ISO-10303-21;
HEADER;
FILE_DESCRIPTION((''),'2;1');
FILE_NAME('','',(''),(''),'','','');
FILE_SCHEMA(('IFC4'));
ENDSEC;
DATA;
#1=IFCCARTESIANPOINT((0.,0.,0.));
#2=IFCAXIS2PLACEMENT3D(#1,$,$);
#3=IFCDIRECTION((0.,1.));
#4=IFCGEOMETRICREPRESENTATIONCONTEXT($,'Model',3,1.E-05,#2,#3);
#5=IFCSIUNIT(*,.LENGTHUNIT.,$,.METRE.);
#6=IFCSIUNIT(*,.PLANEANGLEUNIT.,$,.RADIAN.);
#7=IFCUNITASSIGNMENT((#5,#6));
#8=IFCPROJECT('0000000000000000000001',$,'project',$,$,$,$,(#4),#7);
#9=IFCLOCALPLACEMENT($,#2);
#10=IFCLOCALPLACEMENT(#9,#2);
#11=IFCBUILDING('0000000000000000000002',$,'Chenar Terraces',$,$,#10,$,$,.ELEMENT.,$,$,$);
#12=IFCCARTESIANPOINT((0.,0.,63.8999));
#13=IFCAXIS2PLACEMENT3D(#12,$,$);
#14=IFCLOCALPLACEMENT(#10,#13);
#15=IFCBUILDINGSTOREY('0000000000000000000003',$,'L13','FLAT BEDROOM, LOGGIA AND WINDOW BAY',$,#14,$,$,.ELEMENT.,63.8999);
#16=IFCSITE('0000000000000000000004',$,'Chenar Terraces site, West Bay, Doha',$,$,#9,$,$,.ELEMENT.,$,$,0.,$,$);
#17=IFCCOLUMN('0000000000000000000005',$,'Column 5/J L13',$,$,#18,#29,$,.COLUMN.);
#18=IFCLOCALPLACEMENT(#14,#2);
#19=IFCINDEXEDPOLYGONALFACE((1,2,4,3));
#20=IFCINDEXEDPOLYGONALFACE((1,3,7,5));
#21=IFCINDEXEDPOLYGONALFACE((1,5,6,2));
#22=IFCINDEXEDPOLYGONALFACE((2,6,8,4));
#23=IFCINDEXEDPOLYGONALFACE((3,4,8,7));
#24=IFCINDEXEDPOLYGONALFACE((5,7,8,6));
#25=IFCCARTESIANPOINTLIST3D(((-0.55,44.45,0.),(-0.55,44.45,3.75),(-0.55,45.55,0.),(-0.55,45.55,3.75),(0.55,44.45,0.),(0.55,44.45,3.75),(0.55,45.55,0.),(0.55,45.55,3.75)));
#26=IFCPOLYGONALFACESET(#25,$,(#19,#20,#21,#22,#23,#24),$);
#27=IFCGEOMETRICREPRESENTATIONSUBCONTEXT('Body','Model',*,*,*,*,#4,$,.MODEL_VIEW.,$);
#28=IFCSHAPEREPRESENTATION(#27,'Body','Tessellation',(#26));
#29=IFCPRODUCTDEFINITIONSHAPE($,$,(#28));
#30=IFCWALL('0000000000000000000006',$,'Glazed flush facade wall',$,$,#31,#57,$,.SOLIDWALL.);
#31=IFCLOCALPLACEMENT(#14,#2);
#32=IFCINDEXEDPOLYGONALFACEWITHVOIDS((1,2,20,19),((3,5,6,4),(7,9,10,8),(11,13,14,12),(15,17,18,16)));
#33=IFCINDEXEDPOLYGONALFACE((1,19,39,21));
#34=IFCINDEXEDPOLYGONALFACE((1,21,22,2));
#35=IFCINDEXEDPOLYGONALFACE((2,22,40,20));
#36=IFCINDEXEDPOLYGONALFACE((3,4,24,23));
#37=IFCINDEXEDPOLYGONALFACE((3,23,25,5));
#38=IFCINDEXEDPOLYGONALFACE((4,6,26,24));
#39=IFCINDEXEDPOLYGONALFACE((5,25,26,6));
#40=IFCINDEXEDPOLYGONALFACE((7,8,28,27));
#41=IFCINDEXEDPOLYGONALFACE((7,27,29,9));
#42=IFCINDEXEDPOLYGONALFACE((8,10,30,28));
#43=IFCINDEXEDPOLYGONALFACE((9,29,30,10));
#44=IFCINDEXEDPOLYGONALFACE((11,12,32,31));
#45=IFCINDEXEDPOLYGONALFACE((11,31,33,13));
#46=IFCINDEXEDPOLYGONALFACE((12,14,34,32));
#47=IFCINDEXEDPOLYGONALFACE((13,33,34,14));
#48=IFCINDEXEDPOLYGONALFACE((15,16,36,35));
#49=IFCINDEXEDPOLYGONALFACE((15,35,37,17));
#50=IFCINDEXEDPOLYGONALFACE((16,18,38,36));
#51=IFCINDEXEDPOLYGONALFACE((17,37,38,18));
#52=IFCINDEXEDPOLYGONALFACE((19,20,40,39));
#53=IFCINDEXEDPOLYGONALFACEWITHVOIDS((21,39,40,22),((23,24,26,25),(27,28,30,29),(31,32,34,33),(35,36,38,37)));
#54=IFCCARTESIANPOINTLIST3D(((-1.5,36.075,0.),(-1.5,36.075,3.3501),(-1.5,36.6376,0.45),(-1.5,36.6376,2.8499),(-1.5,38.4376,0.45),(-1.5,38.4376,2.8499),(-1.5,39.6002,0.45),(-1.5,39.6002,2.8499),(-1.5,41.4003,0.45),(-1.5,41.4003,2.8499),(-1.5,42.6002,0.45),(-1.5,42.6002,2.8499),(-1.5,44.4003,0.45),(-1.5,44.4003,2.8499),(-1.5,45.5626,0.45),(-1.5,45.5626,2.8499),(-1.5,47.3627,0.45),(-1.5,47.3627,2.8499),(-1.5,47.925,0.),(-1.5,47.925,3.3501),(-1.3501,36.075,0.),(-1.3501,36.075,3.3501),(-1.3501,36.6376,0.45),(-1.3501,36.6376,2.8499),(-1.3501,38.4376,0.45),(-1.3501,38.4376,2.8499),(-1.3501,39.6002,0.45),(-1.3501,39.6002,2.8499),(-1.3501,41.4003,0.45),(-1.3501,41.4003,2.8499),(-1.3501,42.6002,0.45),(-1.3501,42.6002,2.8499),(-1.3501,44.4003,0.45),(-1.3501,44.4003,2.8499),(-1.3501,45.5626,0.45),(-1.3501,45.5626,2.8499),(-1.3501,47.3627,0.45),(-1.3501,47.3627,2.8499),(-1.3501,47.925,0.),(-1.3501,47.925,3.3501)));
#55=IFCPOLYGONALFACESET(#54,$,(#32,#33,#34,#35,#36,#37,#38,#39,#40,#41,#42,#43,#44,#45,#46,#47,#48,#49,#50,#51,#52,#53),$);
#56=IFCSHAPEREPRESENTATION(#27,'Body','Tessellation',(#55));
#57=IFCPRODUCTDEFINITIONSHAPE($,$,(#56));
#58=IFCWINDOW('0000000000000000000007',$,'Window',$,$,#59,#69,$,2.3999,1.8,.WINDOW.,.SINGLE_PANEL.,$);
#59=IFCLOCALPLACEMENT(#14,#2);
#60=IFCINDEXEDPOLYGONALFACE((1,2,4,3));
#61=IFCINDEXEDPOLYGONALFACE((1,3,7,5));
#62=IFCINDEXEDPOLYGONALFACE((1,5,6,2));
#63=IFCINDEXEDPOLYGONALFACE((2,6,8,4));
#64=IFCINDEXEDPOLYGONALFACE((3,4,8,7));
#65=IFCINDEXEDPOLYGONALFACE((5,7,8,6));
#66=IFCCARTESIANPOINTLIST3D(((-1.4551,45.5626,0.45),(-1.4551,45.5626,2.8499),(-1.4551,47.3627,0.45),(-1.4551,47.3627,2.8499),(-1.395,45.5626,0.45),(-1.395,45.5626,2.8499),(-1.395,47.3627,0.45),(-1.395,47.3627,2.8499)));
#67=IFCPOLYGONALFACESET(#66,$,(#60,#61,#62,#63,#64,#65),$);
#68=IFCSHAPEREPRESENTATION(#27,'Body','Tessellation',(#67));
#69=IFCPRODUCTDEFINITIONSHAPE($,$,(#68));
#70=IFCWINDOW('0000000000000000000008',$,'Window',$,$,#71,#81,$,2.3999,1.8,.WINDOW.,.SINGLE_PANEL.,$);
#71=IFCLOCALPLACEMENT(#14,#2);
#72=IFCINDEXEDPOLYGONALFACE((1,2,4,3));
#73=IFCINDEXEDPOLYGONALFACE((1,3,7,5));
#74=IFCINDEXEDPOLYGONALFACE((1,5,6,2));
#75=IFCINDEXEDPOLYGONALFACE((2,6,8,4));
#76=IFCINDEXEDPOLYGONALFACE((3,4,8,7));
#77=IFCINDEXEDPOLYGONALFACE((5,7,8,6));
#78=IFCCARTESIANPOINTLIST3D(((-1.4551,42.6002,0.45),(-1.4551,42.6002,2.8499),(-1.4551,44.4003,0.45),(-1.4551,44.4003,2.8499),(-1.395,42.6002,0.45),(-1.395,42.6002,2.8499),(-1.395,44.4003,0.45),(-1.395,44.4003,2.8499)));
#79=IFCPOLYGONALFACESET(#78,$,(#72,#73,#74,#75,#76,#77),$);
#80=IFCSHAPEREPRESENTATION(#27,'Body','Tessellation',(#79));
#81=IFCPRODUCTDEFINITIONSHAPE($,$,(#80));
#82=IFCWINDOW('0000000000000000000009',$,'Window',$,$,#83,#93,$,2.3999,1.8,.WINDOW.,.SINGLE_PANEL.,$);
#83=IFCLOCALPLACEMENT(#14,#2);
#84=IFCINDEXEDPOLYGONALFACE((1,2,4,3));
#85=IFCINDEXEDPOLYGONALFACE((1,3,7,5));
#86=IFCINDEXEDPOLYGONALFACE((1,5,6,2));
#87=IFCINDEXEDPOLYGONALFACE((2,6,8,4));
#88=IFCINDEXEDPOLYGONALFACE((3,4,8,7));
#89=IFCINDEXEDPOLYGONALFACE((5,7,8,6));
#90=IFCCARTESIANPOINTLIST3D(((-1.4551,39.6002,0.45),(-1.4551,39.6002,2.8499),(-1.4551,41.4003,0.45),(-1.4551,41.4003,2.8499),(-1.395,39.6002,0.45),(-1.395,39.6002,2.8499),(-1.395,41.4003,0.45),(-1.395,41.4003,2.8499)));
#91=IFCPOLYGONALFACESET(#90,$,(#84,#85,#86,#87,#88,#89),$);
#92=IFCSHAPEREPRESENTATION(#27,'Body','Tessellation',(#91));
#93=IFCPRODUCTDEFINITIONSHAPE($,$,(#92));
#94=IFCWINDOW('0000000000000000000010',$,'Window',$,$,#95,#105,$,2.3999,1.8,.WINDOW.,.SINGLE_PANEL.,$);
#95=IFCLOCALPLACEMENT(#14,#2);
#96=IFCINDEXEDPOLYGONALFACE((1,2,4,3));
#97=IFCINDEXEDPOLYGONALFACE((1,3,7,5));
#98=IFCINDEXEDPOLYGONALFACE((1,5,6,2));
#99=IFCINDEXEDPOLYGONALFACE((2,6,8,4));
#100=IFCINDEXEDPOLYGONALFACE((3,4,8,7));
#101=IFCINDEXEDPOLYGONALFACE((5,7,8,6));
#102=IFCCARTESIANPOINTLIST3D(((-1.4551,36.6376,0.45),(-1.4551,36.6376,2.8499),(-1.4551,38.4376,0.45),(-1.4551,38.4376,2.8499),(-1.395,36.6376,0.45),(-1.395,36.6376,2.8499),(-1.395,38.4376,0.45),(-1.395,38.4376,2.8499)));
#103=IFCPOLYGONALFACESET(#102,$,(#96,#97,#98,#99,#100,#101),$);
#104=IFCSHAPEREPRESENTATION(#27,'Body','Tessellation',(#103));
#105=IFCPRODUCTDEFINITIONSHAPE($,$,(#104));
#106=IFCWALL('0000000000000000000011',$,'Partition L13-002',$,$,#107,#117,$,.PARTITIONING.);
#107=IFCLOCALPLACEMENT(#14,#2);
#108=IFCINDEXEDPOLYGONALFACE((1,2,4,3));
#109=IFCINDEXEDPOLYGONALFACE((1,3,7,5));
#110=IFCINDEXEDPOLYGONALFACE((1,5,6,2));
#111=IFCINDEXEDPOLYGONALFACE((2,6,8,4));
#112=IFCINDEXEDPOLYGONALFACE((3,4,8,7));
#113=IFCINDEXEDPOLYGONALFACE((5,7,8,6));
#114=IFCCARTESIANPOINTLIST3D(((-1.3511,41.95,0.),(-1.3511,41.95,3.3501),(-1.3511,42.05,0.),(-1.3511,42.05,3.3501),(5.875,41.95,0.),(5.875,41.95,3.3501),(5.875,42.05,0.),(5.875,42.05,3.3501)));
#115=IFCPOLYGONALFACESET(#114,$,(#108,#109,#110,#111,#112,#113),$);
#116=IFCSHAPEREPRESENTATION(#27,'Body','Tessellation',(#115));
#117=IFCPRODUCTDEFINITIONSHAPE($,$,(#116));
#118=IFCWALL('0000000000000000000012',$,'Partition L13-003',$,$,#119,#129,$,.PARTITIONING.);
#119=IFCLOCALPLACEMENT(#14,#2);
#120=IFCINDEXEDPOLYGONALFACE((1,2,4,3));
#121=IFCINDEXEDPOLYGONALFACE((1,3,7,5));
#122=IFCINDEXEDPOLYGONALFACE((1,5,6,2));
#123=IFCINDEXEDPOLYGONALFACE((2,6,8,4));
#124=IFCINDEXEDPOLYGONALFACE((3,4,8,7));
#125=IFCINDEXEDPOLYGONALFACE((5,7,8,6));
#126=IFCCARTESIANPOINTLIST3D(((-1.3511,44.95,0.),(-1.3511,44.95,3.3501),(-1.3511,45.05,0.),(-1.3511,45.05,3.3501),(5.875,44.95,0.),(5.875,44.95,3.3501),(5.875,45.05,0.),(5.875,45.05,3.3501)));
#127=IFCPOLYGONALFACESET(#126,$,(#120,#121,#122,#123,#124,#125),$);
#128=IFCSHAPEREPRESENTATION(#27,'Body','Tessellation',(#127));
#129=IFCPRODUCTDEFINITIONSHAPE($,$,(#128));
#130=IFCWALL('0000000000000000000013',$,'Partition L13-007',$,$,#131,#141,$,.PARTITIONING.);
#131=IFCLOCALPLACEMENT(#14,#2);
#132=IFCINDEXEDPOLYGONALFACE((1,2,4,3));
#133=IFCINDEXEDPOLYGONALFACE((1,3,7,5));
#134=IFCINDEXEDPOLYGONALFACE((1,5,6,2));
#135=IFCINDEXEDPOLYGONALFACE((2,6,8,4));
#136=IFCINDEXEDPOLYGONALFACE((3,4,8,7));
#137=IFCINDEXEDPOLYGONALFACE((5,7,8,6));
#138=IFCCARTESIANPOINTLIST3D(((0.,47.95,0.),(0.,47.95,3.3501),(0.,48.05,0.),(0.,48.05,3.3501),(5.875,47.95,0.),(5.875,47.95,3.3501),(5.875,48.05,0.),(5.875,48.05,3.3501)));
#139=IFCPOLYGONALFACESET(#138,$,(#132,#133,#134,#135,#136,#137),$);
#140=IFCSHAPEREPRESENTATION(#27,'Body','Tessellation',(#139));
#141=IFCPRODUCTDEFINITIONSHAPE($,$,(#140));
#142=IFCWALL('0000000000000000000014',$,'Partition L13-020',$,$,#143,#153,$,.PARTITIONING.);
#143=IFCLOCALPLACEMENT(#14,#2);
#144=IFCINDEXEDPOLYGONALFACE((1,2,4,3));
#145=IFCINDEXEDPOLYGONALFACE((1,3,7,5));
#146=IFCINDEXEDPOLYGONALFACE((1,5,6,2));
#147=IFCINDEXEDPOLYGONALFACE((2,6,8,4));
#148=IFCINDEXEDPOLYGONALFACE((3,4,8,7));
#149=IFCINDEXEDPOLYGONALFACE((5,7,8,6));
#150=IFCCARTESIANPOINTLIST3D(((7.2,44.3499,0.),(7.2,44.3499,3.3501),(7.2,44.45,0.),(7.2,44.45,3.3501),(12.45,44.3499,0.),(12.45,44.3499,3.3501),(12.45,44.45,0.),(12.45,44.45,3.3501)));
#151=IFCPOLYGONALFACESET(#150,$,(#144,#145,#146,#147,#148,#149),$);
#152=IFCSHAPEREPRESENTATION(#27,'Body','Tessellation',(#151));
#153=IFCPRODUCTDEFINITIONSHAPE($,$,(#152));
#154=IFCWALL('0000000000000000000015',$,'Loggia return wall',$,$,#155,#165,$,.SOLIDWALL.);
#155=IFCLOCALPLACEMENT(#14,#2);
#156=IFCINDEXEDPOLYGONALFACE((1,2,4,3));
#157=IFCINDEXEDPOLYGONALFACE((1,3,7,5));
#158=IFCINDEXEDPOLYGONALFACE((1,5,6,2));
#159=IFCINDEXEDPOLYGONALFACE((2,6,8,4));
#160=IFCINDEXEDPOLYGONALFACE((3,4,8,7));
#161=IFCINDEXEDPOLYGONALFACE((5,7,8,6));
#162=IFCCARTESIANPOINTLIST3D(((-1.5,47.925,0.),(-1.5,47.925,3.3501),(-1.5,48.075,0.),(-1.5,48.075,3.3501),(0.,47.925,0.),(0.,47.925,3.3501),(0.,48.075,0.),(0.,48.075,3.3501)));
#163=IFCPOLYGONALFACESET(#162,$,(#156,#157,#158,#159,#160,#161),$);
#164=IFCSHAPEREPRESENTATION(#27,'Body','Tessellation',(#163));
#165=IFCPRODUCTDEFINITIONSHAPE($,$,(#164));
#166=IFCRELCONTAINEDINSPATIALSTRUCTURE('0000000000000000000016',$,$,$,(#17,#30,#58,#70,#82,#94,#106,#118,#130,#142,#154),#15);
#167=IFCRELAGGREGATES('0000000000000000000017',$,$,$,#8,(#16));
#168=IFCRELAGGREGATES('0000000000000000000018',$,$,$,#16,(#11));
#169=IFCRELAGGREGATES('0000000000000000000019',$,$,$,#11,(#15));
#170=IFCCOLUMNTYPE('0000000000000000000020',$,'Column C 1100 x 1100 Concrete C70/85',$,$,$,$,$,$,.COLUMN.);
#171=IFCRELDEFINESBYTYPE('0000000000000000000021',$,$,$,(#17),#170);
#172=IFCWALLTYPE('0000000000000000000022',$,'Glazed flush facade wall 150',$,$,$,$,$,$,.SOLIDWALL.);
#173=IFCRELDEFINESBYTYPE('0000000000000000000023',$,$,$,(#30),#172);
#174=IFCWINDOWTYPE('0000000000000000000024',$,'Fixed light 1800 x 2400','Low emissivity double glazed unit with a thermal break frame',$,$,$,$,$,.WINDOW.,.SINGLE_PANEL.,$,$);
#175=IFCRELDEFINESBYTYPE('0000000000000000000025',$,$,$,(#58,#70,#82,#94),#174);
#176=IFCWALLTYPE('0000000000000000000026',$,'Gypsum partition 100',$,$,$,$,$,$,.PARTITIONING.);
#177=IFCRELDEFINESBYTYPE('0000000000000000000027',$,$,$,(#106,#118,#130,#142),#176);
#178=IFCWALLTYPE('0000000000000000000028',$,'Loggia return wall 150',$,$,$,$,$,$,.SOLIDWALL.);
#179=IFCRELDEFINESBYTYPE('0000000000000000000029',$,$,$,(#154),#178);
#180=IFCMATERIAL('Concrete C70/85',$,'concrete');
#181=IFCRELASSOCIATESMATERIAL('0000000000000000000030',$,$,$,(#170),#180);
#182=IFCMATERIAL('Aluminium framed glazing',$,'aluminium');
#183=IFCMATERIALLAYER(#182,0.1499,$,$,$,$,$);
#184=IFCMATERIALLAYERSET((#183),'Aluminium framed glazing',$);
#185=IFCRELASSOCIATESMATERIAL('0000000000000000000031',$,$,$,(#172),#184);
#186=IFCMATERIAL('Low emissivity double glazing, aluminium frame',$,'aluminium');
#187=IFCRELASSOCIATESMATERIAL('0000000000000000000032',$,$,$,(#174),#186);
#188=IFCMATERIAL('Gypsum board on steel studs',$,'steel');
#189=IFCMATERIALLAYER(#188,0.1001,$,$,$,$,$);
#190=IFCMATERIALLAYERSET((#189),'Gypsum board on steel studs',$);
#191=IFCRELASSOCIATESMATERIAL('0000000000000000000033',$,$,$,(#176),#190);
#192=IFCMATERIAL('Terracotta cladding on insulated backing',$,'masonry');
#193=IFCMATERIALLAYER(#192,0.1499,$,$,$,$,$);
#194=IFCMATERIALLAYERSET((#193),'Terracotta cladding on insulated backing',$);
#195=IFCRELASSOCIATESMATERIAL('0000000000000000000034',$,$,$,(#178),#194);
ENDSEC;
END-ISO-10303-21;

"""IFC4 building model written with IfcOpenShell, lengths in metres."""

from ifc_helpers import new_model, si_unit, direction, frame, frame_2d, origin, origin_2d, place, context, subcontext, project, spatial, rectangle, extrude, material, layer, layer_set, material_profile, profile_set, type_object, element, fill, save


model = new_model("IFC4")

# Units and contexts
model_context = context("Model", 3, precision=1e-05, world=origin(), true_north=direction((0.0, 1.0)))
body_context = subcontext(model_context, "Body", "Model", "MODEL_VIEW")
ifc_project = project(units=[si_unit("LENGTHUNIT", "METRE"), si_unit("PLANEANGLEUNIT", "RADIAN")], contexts=[model_context])

# Site, building, storey
site_placement = place(None, origin())
site = spatial("IfcSite", under=ifc_project, at=site_placement, Name="Chenar Terraces site, West Bay, Doha", CompositionType="ELEMENT", RefElevation=0.0)
building_placement = place(site_placement, origin())
building = spatial("IfcBuilding", under=site, at=building_placement, Name="Chenar Terraces", CompositionType="ELEMENT")
storey_placement = place(building_placement, frame((0.0, 0.0, 63.8999)))
storey = spatial("IfcBuildingStorey", under=building, at=storey_placement, Name="L13", Description="FLAT BEDROOM, LOGGIA AND WINDOW BAY", CompositionType="ELEMENT", Elevation=63.8999)

# Column
ifc_material_1 = material(Name="Concrete C70/85", Category="concrete")
ifc_material_profile_1 = material_profile(ifc_material_1, rectangle(XDim=1.1001, YDim=1.1001, at=origin_2d()), Name="C 1100 x 1100")
ifc_profile_set_1 = profile_set([ifc_material_profile_1], Name="Concrete C70/85")
column_type = type_object("IfcColumnType", Name="Column C 1100 x 1100 Concrete C70/85", PredefinedType="COLUMN", material=ifc_profile_set_1)
column_placement = place(storey_placement, frame((0.0, 45.0, 0.0), z_axis=(0.0, 0.0, 1.0), x_axis=(1.0, 0.0, 0.0)))
element("IfcColumn", 1, at=column_placement, inside=storey, type_object=column_type, Name="Column 5/J L13", PredefinedType="COLUMN", context=body_context, shape_type="SweptSolid", body=[
    extrude(rectangle(XDim=1.1001, YDim=1.1001, at=origin_2d()), origin(), (0.0, 0.0, 1.0), 3.75),
])

# Wall, openings, windows
ifc_material_2 = material(Name="Aluminium framed glazing", Category="aluminium")
ifc_layer_1 = layer(ifc_material_2, 0.1499)
ifc_layer_set_1 = layer_set([ifc_layer_1], Name="Aluminium framed glazing")
wall_type_1 = type_object("IfcWallType", Name="Glazed flush facade wall 150", PredefinedType="SOLIDWALL", material=ifc_layer_set_1)
wall_1_placement = place(storey_placement, frame((-1.425, 47.925, 0.0), z_axis=(0.0, 0.0, 1.0), x_axis=(0.0, -1.0, 0.0)))
wall_1 = element("IfcWall", 2, at=wall_1_placement, inside=storey, type_object=wall_type_1, Name="Glazed flush facade wall", PredefinedType="SOLIDWALL", context=body_context, shape_type="SweptSolid", body=[
    extrude(rectangle(XDim=11.8501, YDim=0.1499, at=frame_2d((5.925, 0.0))), origin(), (0.0, 0.0, 1.0), 3.3501),
])
opening_1_placement = place(wall_1_placement, frame((0.5625, 0.0, 0.45)))
opening_1 = element("IfcOpeningElement", 3, at=opening_1_placement, cuts=wall_1, PredefinedType="OPENING", context=body_context, shape_type="SweptSolid", body=[
    extrude(rectangle(XDim=1.8, YDim=2.3999, at=frame_2d((0.8999, 1.2))), frame((0.0, 0.085, 0.0), z_axis=(0.0, -1.0, 0.0), x_axis=(1.0, 0.0, 0.0)), (0.0, 0.0, 1.0), 0.1699),
])
opening_2_placement = place(wall_1_placement, frame((3.5249, 0.0, 0.45)))
opening_2 = element("IfcOpeningElement", 4, at=opening_2_placement, cuts=wall_1, PredefinedType="OPENING", context=body_context, shape_type="SweptSolid", body=[
    extrude(rectangle(XDim=1.8, YDim=2.3999, at=frame_2d((0.8999, 1.2))), frame((0.0, 0.085, 0.0), z_axis=(0.0, -1.0, 0.0), x_axis=(1.0, 0.0, 0.0)), (0.0, 0.0, 1.0), 0.1699),
])
opening_3_placement = place(wall_1_placement, frame((6.5249, 0.0, 0.45)))
opening_3 = element("IfcOpeningElement", 5, at=opening_3_placement, cuts=wall_1, PredefinedType="OPENING", context=body_context, shape_type="SweptSolid", body=[
    extrude(rectangle(XDim=1.8, YDim=2.3999, at=frame_2d((0.8999, 1.2))), frame((0.0, 0.085, 0.0), z_axis=(0.0, -1.0, 0.0), x_axis=(1.0, 0.0, 0.0)), (0.0, 0.0, 1.0), 0.1699),
])
opening_4_placement = place(wall_1_placement, frame((9.4875, 0.0, 0.45)))
opening_4 = element("IfcOpeningElement", 6, at=opening_4_placement, cuts=wall_1, PredefinedType="OPENING", context=body_context, shape_type="SweptSolid", body=[
    extrude(rectangle(XDim=1.8, YDim=2.3999, at=frame_2d((0.8999, 1.2))), frame((0.0, 0.085, 0.0), z_axis=(0.0, -1.0, 0.0), x_axis=(1.0, 0.0, 0.0)), (0.0, 0.0, 1.0), 0.1699),
])
ifc_material_3 = material(Name="Low emissivity double glazing, aluminium frame", Category="aluminium")
window_type = type_object("IfcWindowType", Name="Fixed light 1800 x 2400", Description="Low emissivity double glazed unit with a thermal break frame", PartitioningType="SINGLE_PANEL", PredefinedType="WINDOW", material=ifc_material_3)
window_1_placement = place(opening_1_placement, origin())
window_1 = element("IfcWindow", 7, at=window_1_placement, inside=storey, type_object=window_type, Name="Window", OverallHeight=2.3999, OverallWidth=1.8, PartitioningType="SINGLE_PANEL", PredefinedType="WINDOW", context=body_context, shape_type="SweptSolid", body=[
    extrude(rectangle(XDim=1.8, YDim=2.3999, at=frame_2d((0.8999, 1.2))), frame((0.0, 0.03, 0.0), z_axis=(0.0, -1.0, 0.0), x_axis=(1.0, 0.0, 0.0)), (0.0, 0.0, 1.0), 0.0601),
])
fill(opening_1, window_1)
window_2_placement = place(opening_2_placement, origin())
window_2 = element("IfcWindow", 8, at=window_2_placement, inside=storey, type_object=window_type, Name="Window", OverallHeight=2.3999, OverallWidth=1.8, PartitioningType="SINGLE_PANEL", PredefinedType="WINDOW", context=body_context, shape_type="SweptSolid", body=[
    extrude(rectangle(XDim=1.8, YDim=2.3999, at=frame_2d((0.8999, 1.2))), frame((0.0, 0.03, 0.0), z_axis=(0.0, -1.0, 0.0), x_axis=(1.0, 0.0, 0.0)), (0.0, 0.0, 1.0), 0.0601),
])
fill(opening_2, window_2)
window_3_placement = place(opening_3_placement, origin())
window_3 = element("IfcWindow", 9, at=window_3_placement, inside=storey, type_object=window_type, Name="Window", OverallHeight=2.3999, OverallWidth=1.8, PartitioningType="SINGLE_PANEL", PredefinedType="WINDOW", context=body_context, shape_type="SweptSolid", body=[
    extrude(rectangle(XDim=1.8, YDim=2.3999, at=frame_2d((0.8999, 1.2))), frame((0.0, 0.03, 0.0), z_axis=(0.0, -1.0, 0.0), x_axis=(1.0, 0.0, 0.0)), (0.0, 0.0, 1.0), 0.0601),
])
fill(opening_3, window_3)
window_4_placement = place(opening_4_placement, origin())
window_4 = element("IfcWindow", 10, at=window_4_placement, inside=storey, type_object=window_type, Name="Window", OverallHeight=2.3999, OverallWidth=1.8, PartitioningType="SINGLE_PANEL", PredefinedType="WINDOW", context=body_context, shape_type="SweptSolid", body=[
    extrude(rectangle(XDim=1.8, YDim=2.3999, at=frame_2d((0.8999, 1.2))), frame((0.0, 0.03, 0.0), z_axis=(0.0, -1.0, 0.0), x_axis=(1.0, 0.0, 0.0)), (0.0, 0.0, 1.0), 0.0601),
])
fill(opening_4, window_4)

# Walls
ifc_material_4 = material(Name="Gypsum board on steel studs", Category="steel")
ifc_layer_2 = layer(ifc_material_4, 0.1001)
ifc_layer_set_2 = layer_set([ifc_layer_2], Name="Gypsum board on steel studs")
wall_type_2 = type_object("IfcWallType", Name="Gypsum partition 100", PredefinedType="PARTITIONING", material=ifc_layer_set_2)
for number, where, z_axis, x_axis, name in (
    (11, (-1.3511, 42.0, 0.0), (0.0, 0.0, 1.0), (1.0, 0.0, 0.0), "Partition L13-002"),
    (12, (-1.3511, 45.0, 0.0), (0.0, 0.0, 1.0), (1.0, 0.0, 0.0), "Partition L13-003"),
):
    element("IfcWall", number, at=place(storey_placement, frame(where, z_axis=z_axis, x_axis=x_axis)), inside=storey, type_object=wall_type_2, Name=name, PredefinedType="PARTITIONING", context=body_context, shape_type="SweptSolid", body=[
        extrude(rectangle(XDim=7.2261, YDim=0.1001, at=frame_2d((3.613, 0.0))), origin(), (0.0, 0.0, 1.0), 3.3501),
    ])
wall_2_placement = place(storey_placement, frame((0.0, 48.0, 0.0), z_axis=(0.0, 0.0, 1.0), x_axis=(1.0, 0.0, 0.0)))
element("IfcWall", 13, at=wall_2_placement, inside=storey, type_object=wall_type_2, Name="Partition L13-007", PredefinedType="PARTITIONING", context=body_context, shape_type="SweptSolid", body=[
    extrude(rectangle(XDim=5.875, YDim=0.1001, at=frame_2d((2.9375, 0.0))), origin(), (0.0, 0.0, 1.0), 3.3501),
])
wall_3_placement = place(storey_placement, frame((7.2, 44.3999, 0.0), z_axis=(0.0, 0.0, 1.0), x_axis=(1.0, 0.0, 0.0)))
element("IfcWall", 14, at=wall_3_placement, inside=storey, type_object=wall_type_2, Name="Partition L13-020", PredefinedType="PARTITIONING", context=body_context, shape_type="SweptSolid", body=[
    extrude(rectangle(XDim=5.25, YDim=0.1001, at=frame_2d((2.625, 0.0))), origin(), (0.0, 0.0, 1.0), 3.3501),
])
ifc_material_5 = material(Name="Terracotta cladding on insulated backing", Category="masonry")
ifc_layer_3 = layer(ifc_material_5, 0.1499)
ifc_layer_set_3 = layer_set([ifc_layer_3], Name="Terracotta cladding on insulated backing")
wall_type_3 = type_object("IfcWallType", Name="Loggia return wall 150", PredefinedType="SOLIDWALL", material=ifc_layer_set_3)
wall_4_placement = place(storey_placement, frame((-1.5, 48.0, 0.0), z_axis=(0.0, 0.0, 1.0), x_axis=(1.0, 0.0, 0.0)))
element("IfcWall", 15, at=wall_4_placement, inside=storey, type_object=wall_type_3, Name="Loggia return wall", PredefinedType="SOLIDWALL", context=body_context, shape_type="SweptSolid", body=[
    extrude(rectangle(XDim=1.5, YDim=0.1499, at=frame_2d((0.75, 0.0))), origin(), (0.0, 0.0, 1.0), 3.3501),
])

save(model, "model.ifc")
